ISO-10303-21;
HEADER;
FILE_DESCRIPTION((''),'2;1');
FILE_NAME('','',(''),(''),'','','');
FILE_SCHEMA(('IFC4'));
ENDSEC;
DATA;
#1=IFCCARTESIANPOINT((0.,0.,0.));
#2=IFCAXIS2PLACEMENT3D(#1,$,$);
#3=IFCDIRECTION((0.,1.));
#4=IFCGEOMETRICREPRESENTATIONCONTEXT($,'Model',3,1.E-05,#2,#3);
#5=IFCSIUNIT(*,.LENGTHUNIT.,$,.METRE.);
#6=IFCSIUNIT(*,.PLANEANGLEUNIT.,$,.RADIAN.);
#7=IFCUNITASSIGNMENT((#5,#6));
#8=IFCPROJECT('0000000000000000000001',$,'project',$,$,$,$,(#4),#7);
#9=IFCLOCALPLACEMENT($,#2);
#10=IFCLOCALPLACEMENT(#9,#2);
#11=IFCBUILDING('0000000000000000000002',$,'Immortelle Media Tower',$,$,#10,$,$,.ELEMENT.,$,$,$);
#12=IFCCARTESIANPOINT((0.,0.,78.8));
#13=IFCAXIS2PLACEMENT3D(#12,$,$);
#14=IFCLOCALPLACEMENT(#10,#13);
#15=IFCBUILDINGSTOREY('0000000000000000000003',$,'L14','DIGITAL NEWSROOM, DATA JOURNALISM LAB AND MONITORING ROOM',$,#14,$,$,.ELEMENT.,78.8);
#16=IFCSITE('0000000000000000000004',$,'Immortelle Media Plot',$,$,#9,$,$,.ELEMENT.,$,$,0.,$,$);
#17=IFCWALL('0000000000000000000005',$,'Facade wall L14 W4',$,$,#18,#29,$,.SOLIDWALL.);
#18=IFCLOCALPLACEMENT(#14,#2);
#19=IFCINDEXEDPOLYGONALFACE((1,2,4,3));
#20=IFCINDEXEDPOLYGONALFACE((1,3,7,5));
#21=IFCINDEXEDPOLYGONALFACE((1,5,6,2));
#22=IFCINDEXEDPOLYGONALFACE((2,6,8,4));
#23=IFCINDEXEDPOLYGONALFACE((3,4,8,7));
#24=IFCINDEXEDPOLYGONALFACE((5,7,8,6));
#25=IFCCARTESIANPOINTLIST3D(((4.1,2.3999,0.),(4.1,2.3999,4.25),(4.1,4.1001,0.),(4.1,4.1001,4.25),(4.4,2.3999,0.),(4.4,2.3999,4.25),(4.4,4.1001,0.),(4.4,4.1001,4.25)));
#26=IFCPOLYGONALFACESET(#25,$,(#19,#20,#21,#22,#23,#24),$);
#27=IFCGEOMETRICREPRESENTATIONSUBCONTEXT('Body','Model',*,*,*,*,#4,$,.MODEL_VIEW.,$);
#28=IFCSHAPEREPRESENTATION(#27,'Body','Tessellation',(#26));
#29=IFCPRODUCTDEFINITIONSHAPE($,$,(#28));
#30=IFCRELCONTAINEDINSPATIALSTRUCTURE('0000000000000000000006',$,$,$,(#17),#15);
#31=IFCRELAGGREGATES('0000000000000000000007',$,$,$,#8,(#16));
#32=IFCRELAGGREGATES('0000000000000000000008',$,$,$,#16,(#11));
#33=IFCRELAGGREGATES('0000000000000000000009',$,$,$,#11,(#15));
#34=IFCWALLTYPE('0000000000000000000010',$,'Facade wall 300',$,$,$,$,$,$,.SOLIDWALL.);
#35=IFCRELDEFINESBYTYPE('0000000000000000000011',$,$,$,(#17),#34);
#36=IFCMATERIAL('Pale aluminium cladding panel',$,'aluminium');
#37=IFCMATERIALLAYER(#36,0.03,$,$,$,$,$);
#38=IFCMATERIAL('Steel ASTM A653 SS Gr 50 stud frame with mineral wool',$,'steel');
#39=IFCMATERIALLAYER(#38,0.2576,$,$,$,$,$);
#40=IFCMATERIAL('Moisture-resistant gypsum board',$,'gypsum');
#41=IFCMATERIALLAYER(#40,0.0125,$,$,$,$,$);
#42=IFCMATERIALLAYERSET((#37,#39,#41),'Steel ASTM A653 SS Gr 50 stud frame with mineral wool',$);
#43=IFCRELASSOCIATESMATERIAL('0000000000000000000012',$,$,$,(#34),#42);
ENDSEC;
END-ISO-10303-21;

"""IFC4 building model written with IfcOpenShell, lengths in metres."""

from ifc_helpers import new_model, si_unit, direction, frame, frame_2d, origin, place, context, subcontext, project, spatial, rectangle, extrude, material, layer, layer_set, type_object, element, save


model = new_model("IFC4")

# Units and contexts
model_context = context("Model", 3, precision=1e-05, world=origin(), true_north=direction((0.0, 1.0)))
body_context = subcontext(model_context, "Body", "Model", "MODEL_VIEW")
ifc_project = project(units=[si_unit("LENGTHUNIT", "METRE"), si_unit("PLANEANGLEUNIT", "RADIAN")], contexts=[model_context])

# Site, building, storey
site_placement = place(None, origin())
site = spatial("IfcSite", under=ifc_project, at=site_placement, Name="Immortelle Media Plot", CompositionType="ELEMENT", RefElevation=0.0)
building_placement = place(site_placement, origin())
building = spatial("IfcBuilding", under=site, at=building_placement, Name="Immortelle Media Tower", CompositionType="ELEMENT")
storey_placement = place(building_placement, frame((0.0, 0.0, 78.8)))
storey = spatial("IfcBuildingStorey", under=building, at=storey_placement, Name="L14", Description="DIGITAL NEWSROOM, DATA JOURNALISM LAB AND MONITORING ROOM", CompositionType="ELEMENT", Elevation=78.8)

# Shared definitions
ifc_material_1 = material(Name="Steel ASTM A653 SS Gr 50 stud frame with mineral wool", Category="steel")

# Wall
ifc_material_2 = material(Name="Pale aluminium cladding panel", Category="aluminium")
ifc_layer_1 = layer(ifc_material_2, 0.03)
ifc_layer_2 = layer(ifc_material_1, 0.2576)
ifc_material_3 = material(Name="Moisture-resistant gypsum board", Category="gypsum")
ifc_layer_3 = layer(ifc_material_3, 0.0125)
ifc_layer_set_1 = layer_set([ifc_layer_1, ifc_layer_2, ifc_layer_3], Name="Steel ASTM A653 SS Gr 50 stud frame with mineral wool")
wall_type_1 = type_object("IfcWallType", Name="Facade wall 300", PredefinedType="SOLIDWALL", material=ifc_layer_set_1)
for number, where, z_axis, x_axis, name in (
    (1, (4.25, 4.1001, 0.0), (0.0, 0.0, 1.0), (0.0, -1.0, 0.0), "Facade wall L14 W4"),
):
    element("IfcWall", number, at=place(storey_placement, frame(where, z_axis=z_axis, x_axis=x_axis)), inside=storey, type_object=wall_type_1, Name=name, PredefinedType="SOLIDWALL", context=body_context, shape_type="SweptSolid", body=[
        extrude(rectangle(XDim=1.7002, YDim=0.3, at=frame_2d((0.8501, 0.0))), origin(), (0.0, 0.0, 1.0), 4.25),
    ])

save(model, "model.ifc")
